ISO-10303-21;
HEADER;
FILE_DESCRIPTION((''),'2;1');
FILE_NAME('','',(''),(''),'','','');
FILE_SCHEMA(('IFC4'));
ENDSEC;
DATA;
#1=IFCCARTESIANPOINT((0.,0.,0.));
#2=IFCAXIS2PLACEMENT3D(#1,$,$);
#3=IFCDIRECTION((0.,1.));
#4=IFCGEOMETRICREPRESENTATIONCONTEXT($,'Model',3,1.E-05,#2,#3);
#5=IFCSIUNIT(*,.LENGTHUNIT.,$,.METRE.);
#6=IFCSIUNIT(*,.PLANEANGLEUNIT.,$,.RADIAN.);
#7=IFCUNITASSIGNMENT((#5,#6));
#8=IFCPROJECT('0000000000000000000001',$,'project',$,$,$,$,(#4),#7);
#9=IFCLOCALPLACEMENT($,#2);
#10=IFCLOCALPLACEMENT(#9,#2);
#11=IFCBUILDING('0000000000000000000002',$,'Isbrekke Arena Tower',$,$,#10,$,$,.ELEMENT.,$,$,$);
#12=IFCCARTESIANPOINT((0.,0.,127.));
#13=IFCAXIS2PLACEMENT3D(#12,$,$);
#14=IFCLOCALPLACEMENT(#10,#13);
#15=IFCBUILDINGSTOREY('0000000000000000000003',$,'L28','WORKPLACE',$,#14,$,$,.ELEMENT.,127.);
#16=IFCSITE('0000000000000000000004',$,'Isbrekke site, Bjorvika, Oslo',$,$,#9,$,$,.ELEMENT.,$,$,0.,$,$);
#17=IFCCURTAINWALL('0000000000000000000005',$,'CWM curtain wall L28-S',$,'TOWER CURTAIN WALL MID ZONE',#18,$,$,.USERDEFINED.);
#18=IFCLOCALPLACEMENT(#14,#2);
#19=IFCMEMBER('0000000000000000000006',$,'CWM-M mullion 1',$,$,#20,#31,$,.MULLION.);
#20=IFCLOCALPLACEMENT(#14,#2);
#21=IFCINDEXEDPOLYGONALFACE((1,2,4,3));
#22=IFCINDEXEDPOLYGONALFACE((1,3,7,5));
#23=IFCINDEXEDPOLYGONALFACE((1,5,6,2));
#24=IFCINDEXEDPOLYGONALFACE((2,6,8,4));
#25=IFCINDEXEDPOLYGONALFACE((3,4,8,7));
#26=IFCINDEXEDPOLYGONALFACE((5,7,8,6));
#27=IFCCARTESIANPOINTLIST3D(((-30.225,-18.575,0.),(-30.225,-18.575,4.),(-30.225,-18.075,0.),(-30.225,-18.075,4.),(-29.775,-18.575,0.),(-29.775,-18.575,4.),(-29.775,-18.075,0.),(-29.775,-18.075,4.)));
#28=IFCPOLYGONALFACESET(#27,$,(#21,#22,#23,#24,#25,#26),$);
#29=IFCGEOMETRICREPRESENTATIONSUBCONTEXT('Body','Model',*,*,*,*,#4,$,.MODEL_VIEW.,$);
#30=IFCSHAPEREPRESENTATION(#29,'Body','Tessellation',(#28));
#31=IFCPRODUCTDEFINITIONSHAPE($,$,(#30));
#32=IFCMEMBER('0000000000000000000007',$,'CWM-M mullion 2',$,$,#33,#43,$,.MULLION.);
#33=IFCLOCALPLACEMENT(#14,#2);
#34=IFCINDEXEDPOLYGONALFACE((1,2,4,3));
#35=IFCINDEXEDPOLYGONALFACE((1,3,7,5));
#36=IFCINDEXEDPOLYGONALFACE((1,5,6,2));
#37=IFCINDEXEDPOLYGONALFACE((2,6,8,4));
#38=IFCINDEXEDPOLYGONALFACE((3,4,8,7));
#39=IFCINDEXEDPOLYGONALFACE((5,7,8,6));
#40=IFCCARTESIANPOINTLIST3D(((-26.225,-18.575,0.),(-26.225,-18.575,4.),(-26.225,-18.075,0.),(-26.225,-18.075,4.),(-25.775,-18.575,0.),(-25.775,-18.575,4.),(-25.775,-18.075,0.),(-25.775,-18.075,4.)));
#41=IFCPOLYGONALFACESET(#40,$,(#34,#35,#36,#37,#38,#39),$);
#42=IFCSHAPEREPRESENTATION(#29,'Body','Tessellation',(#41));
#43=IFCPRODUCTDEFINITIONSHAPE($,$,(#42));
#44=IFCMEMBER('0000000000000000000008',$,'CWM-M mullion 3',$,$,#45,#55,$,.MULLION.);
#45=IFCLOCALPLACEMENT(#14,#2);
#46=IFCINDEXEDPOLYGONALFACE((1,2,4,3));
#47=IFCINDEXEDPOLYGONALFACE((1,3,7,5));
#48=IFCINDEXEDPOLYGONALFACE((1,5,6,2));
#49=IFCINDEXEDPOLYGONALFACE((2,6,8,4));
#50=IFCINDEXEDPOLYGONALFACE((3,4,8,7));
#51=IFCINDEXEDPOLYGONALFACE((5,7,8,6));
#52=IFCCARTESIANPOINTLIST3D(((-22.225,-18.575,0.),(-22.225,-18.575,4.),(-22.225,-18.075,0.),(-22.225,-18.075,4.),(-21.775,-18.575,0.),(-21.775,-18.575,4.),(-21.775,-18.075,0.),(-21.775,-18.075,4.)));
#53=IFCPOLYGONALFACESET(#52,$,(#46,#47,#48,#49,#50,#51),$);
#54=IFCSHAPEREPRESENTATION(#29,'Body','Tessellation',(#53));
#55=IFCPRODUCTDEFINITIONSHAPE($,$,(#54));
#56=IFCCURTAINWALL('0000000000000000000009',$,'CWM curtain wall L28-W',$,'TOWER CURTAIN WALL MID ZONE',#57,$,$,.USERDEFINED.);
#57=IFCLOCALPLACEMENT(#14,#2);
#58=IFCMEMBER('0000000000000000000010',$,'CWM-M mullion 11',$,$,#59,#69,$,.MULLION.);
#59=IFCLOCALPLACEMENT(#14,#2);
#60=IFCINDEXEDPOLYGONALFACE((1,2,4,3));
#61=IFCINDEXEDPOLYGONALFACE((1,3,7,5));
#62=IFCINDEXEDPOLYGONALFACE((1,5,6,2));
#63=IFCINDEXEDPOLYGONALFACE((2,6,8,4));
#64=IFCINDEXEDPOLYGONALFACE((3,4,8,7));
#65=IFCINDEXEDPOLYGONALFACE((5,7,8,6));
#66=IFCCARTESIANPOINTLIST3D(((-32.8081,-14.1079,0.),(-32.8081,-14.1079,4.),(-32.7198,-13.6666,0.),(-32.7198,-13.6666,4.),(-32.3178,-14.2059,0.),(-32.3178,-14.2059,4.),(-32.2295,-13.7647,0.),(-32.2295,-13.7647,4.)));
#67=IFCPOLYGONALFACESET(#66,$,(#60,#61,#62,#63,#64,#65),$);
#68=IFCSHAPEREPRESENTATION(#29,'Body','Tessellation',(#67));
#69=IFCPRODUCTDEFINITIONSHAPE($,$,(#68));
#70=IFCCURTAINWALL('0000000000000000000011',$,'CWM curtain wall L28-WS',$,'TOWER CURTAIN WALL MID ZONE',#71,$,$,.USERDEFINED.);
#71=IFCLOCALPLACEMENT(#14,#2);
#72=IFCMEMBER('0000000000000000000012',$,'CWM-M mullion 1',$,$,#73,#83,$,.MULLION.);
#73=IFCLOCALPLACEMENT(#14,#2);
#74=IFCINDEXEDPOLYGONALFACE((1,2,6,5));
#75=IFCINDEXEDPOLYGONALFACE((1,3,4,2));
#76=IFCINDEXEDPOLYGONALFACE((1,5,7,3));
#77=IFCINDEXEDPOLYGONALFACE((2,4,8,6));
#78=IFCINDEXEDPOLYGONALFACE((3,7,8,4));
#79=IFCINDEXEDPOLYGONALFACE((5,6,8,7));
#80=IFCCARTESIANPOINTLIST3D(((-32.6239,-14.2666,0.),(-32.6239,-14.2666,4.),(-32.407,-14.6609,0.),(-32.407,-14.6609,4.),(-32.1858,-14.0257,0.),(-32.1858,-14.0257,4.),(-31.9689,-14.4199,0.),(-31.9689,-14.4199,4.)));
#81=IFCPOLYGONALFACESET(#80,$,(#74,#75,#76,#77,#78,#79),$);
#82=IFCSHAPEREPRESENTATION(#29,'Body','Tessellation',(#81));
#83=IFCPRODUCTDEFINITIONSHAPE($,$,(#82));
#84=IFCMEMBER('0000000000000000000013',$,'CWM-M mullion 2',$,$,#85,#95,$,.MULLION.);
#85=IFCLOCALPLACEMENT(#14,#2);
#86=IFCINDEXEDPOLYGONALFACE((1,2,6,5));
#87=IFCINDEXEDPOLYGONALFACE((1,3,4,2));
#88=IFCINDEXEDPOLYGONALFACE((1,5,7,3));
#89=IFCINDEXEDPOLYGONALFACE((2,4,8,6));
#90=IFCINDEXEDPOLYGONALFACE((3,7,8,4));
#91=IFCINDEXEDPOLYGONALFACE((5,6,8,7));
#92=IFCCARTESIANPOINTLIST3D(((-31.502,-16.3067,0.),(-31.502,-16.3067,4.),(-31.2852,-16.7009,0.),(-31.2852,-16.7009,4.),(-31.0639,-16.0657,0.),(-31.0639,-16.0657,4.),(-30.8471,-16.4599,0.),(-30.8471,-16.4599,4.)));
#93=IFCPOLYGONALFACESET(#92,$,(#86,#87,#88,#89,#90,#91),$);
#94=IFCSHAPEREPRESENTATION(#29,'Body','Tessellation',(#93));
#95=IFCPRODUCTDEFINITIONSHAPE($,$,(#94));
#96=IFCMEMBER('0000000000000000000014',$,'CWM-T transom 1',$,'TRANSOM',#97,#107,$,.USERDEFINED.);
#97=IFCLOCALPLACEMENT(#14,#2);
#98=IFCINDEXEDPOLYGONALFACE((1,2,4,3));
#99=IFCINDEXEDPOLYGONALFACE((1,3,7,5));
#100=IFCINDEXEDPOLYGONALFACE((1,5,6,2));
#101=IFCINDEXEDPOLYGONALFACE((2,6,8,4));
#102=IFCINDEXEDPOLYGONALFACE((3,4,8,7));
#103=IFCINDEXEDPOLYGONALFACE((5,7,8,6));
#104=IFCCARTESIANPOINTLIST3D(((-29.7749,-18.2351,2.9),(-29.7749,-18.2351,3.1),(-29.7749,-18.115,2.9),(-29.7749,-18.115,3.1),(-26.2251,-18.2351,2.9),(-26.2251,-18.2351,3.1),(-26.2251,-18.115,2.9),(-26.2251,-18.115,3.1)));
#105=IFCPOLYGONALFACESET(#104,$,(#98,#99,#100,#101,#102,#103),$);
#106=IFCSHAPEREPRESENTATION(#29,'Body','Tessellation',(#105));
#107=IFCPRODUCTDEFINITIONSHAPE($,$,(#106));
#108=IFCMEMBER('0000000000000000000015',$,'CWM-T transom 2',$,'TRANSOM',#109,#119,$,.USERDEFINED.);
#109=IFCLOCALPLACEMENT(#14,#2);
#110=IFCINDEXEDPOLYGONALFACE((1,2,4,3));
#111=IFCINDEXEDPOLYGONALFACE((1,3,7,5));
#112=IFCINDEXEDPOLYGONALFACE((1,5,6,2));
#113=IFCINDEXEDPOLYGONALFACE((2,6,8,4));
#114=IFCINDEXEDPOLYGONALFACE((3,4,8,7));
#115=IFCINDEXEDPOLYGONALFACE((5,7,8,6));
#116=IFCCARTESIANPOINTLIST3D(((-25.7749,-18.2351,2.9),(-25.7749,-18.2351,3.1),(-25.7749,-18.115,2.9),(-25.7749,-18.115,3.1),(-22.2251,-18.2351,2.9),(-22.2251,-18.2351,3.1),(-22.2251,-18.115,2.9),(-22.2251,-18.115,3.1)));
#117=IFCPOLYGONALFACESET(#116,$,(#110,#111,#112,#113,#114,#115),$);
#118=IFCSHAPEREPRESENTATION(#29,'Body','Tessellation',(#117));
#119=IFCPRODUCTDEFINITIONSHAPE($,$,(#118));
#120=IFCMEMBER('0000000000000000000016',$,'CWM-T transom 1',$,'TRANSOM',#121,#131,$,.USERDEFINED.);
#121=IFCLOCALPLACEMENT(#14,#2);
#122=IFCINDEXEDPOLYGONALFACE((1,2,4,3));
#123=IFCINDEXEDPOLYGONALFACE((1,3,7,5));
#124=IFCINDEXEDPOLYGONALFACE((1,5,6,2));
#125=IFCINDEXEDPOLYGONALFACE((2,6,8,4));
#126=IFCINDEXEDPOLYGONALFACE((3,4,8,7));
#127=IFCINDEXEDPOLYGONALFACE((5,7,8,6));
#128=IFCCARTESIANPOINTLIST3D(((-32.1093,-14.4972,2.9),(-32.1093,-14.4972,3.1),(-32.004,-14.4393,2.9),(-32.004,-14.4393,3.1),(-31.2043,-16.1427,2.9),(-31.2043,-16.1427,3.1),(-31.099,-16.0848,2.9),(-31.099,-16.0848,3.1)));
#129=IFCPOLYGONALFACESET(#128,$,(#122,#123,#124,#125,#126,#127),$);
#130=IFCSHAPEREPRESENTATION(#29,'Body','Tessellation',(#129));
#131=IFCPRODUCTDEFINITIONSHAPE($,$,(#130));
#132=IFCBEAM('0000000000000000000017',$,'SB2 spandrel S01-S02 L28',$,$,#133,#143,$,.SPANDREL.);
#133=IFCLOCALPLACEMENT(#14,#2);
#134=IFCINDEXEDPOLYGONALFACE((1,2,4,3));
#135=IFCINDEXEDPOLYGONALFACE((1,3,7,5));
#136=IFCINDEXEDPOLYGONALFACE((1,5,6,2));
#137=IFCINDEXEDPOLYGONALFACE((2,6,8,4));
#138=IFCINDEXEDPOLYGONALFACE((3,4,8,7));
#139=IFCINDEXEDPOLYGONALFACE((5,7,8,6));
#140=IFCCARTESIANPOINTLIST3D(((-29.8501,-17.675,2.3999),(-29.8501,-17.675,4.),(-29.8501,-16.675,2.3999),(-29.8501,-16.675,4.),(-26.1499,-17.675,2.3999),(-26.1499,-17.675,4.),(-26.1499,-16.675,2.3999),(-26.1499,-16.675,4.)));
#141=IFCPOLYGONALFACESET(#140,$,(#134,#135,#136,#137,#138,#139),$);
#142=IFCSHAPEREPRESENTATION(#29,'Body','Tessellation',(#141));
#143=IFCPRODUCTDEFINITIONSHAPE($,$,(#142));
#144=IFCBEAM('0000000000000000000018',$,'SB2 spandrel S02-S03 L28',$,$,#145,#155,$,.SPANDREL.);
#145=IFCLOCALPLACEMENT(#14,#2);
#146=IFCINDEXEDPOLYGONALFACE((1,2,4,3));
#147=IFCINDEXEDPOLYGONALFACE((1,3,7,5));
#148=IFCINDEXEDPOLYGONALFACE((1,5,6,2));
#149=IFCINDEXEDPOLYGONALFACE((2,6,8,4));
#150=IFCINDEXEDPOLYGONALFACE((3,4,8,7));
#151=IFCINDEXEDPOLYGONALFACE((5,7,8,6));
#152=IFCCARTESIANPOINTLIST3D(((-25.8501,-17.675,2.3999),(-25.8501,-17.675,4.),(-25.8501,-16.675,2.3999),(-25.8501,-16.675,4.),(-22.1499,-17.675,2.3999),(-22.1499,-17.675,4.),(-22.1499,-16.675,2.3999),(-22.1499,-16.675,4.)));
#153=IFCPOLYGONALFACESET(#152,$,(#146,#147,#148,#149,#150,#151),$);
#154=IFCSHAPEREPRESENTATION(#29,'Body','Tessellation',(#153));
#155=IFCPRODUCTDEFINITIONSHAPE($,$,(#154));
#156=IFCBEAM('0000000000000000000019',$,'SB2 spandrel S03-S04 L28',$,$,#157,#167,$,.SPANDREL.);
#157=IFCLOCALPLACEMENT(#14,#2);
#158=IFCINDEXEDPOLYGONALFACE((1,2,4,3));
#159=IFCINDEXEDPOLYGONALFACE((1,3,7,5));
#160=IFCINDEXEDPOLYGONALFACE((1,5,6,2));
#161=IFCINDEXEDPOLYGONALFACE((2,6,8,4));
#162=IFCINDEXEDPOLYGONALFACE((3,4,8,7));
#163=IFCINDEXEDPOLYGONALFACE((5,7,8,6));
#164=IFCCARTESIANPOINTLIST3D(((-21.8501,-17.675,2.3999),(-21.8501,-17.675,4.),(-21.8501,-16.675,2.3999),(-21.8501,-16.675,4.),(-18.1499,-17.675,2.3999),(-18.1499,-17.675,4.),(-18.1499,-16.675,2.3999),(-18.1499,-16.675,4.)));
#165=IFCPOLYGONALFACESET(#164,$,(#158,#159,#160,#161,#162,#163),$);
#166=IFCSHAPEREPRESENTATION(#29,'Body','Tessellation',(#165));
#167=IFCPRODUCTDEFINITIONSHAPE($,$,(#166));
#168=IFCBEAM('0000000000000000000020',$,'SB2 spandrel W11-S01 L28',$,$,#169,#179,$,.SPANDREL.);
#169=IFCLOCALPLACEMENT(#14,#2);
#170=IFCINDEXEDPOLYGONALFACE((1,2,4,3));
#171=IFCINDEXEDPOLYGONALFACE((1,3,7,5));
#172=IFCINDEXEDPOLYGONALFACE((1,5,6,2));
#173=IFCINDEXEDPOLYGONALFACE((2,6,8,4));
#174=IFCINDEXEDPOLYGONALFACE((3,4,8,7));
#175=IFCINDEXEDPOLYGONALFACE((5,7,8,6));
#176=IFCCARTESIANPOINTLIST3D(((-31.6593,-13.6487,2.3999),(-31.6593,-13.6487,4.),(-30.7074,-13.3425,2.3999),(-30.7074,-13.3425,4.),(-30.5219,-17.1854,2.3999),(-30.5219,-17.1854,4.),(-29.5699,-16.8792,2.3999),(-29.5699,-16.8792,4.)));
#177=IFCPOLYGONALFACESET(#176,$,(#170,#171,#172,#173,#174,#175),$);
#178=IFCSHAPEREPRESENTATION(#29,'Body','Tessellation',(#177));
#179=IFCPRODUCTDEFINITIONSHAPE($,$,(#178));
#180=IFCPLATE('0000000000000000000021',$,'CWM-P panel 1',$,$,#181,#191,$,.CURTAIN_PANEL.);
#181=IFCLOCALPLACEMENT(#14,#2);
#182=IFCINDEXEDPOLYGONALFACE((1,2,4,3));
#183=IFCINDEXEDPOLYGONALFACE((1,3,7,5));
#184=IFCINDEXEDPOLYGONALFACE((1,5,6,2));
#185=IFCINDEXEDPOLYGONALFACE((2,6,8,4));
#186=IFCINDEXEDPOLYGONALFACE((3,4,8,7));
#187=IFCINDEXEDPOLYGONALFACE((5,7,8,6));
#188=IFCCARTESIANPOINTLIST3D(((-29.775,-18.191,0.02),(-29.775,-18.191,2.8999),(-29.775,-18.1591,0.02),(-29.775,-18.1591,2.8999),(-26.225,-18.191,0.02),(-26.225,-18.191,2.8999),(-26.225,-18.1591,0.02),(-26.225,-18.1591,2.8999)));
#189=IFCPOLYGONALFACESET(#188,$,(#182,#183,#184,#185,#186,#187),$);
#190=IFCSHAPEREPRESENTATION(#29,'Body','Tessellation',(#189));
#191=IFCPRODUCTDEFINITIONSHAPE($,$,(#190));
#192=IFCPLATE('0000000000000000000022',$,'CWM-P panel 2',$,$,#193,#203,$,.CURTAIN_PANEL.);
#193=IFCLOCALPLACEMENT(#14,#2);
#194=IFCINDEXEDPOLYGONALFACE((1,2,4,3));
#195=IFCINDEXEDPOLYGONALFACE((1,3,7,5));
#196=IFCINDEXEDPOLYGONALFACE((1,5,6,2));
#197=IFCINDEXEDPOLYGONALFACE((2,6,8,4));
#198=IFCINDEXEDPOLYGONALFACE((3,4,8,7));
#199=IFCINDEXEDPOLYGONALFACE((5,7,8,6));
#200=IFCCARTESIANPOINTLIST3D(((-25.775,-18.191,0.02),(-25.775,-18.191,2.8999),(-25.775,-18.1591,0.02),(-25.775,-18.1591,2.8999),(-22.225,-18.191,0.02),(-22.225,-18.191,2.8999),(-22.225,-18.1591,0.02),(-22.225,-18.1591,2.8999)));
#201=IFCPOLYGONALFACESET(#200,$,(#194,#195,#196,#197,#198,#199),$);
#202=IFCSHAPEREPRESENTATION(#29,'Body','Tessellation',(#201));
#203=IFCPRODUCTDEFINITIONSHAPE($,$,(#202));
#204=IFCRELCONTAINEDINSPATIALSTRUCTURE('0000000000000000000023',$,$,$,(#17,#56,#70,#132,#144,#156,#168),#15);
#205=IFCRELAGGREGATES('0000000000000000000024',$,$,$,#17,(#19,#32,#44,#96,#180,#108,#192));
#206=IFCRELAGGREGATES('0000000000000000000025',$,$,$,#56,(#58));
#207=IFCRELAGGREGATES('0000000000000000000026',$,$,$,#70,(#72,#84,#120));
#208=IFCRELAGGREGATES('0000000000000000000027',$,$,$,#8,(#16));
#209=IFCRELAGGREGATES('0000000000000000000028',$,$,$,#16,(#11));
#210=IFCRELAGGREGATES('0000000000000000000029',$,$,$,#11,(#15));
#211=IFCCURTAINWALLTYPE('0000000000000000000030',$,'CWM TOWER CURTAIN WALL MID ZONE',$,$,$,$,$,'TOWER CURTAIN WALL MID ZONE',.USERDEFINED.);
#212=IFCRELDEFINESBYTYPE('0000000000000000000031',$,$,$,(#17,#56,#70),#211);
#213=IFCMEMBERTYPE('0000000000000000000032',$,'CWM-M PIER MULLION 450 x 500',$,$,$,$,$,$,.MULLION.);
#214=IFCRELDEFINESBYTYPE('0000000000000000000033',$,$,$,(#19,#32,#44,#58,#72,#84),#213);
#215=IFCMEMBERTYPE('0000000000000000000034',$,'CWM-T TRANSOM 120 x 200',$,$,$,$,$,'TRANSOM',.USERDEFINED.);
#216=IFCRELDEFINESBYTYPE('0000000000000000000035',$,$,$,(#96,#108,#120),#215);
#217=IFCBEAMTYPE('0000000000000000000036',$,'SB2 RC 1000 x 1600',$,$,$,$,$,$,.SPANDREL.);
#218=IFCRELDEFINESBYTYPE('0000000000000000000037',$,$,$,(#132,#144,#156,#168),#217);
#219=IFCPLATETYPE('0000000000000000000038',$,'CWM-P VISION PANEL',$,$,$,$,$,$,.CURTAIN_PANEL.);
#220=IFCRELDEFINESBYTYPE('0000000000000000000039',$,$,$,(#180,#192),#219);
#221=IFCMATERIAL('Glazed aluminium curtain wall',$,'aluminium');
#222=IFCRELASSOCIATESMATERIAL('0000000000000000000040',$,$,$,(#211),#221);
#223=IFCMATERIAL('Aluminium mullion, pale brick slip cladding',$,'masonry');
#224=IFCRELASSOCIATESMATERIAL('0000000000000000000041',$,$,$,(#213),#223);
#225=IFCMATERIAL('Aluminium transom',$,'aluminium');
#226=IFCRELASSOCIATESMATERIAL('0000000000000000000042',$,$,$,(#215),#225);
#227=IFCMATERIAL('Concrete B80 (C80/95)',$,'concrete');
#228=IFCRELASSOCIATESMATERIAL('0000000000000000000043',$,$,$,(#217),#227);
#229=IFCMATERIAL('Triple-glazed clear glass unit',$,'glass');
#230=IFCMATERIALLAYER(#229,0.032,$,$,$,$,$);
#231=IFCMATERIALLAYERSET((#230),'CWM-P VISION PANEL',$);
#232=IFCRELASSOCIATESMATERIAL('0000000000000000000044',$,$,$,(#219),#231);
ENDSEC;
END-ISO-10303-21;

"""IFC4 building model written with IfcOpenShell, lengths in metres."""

from ifc_helpers import new_model, si_unit, direction, frame, origin, origin_2d, place, context, subcontext, project, spatial, rectangle, extrude, material, layer, layer_set, material_profile, profile_set, type_object, element, aggregate, save


model = new_model("IFC4")

# Units and contexts
model_context = context("Model", 3, precision=1e-05, world=origin(), true_north=direction((0.0, 1.0)))
body_context = subcontext(model_context, "Body", "Model", "MODEL_VIEW")
ifc_project = project(units=[si_unit("LENGTHUNIT", "METRE"), si_unit("PLANEANGLEUNIT", "RADIAN")], contexts=[model_context])

# Site, building, storey
site_placement = place(None, origin())
site = spatial("IfcSite", under=ifc_project, at=site_placement, Name="Isbrekke site, Bjorvika, Oslo", CompositionType="ELEMENT", RefElevation=0.0)
building_placement = place(site_placement, origin())
building = spatial("IfcBuilding", under=site, at=building_placement, Name="Isbrekke Arena Tower", CompositionType="ELEMENT")
storey_placement = place(building_placement, frame((0.0, 0.0, 127.0)))
storey = spatial("IfcBuildingStorey", under=building, at=storey_placement, Name="L28", Description="WORKPLACE", CompositionType="ELEMENT", Elevation=127.0)

# Curtain wall, members
ifc_material_1 = material(Name="Glazed aluminium curtain wall", Category="aluminium")
curtain_wall_type = type_object("IfcCurtainWallType", Name="CWM TOWER CURTAIN WALL MID ZONE", ElementType="TOWER CURTAIN WALL MID ZONE", PredefinedType="USERDEFINED", material=ifc_material_1)
curtain_wall_1_placement = place(storey_placement, origin())
curtain_wall_1 = element("IfcCurtainWall", 1, at=curtain_wall_1_placement, inside=storey, type_object=curtain_wall_type, Name="CWM curtain wall L28-S", ObjectType="TOWER CURTAIN WALL MID ZONE", PredefinedType="USERDEFINED")
ifc_material_2 = material(Name="Aluminium mullion, pale brick slip cladding", Category="masonry")
ifc_material_profile_1 = material_profile(ifc_material_2, rectangle(XDim=0.45, YDim=0.5, at=origin_2d()), Name="PIER 450X500")
ifc_profile_set_1 = profile_set([ifc_material_profile_1], Name="Aluminium mullion, pale brick slip cladding")
member_type_1 = type_object("IfcMemberType", Name="CWM-M PIER MULLION 450 x 500", PredefinedType="MULLION", material=ifc_profile_set_1)
member_1_placement = place(storey_placement, frame((-30.0, -18.325, 0.0), z_axis=(0.0, 0.0, 1.0), x_axis=(1.0, 0.0, 0.0)))
member_1 = element("IfcMember", 2, at=member_1_placement, type_object=member_type_1, Name="CWM-M mullion 1", PredefinedType="MULLION", context=body_context, shape_type="SweptSolid", body=[
    extrude(rectangle(XDim=0.45, YDim=0.5, at=origin_2d()), origin(), (0.0, 0.0, 1.0), 4.0),
])
member_2_placement = place(storey_placement, frame((-26.0, -18.325, 0.0), z_axis=(0.0, 0.0, 1.0), x_axis=(1.0, 0.0, 0.0)))
member_2 = element("IfcMember", 3, at=member_2_placement, type_object=member_type_1, Name="CWM-M mullion 2", PredefinedType="MULLION", context=body_context, shape_type="SweptSolid", body=[
    extrude(rectangle(XDim=0.45, YDim=0.5, at=origin_2d()), origin(), (0.0, 0.0, 1.0), 4.0),
])
member_3_placement = place(storey_placement, frame((-22.0, -18.325, 0.0), z_axis=(0.0, 0.0, 1.0), x_axis=(1.0, 0.0, 0.0)))
member_3 = element("IfcMember", 4, at=member_3_placement, type_object=member_type_1, Name="CWM-M mullion 3", PredefinedType="MULLION", context=body_context, shape_type="SweptSolid", body=[
    extrude(rectangle(XDim=0.45, YDim=0.5, at=origin_2d()), origin(), (0.0, 0.0, 1.0), 4.0),
])

# Curtain wall, member
curtain_wall_2_placement = place(storey_placement, origin())
curtain_wall_2 = element("IfcCurtainWall", 5, at=curtain_wall_2_placement, inside=storey, type_object=curtain_wall_type, Name="CWM curtain wall L28-W", ObjectType="TOWER CURTAIN WALL MID ZONE", PredefinedType="USERDEFINED")
member_4_placement = place(storey_placement, frame((-32.5188, -13.9363, 0.0), z_axis=(0.0, 0.0, 1.0), x_axis=(-0.196116, -0.980581, 0.0)))
member_4 = element("IfcMember", 6, at=member_4_placement, type_object=member_type_1, Name="CWM-M mullion 11", PredefinedType="MULLION", context=body_context, shape_type="SweptSolid", body=[
    extrude(rectangle(XDim=0.45, YDim=0.5, at=origin_2d()), origin(), (0.0, 0.0, 1.0), 4.0),
])

# Curtain wall, members
curtain_wall_3_placement = place(storey_placement, origin())
curtain_wall_3 = element("IfcCurtainWall", 7, at=curtain_wall_3_placement, inside=storey, type_object=curtain_wall_type, Name="CWM curtain wall L28-WS", ObjectType="TOWER CURTAIN WALL MID ZONE", PredefinedType="USERDEFINED")
member_5_placement = place(storey_placement, frame((-32.2964, -14.3433, 0.0), z_axis=(0.0, 0.0, 1.0), x_axis=(0.481919, -0.876216, 0.0)))
member_5 = element("IfcMember", 8, at=member_5_placement, type_object=member_type_1, Name="CWM-M mullion 1", PredefinedType="MULLION", context=body_context, shape_type="SweptSolid", body=[
    extrude(rectangle(XDim=0.45, YDim=0.5, at=origin_2d()), origin(), (0.0, 0.0, 1.0), 4.0),
])
member_6_placement = place(storey_placement, frame((-31.1746, -16.3833, 0.0), z_axis=(0.0, 0.0, 1.0), x_axis=(0.481919, -0.876216, 0.0)))
member_6 = element("IfcMember", 9, at=member_6_placement, type_object=member_type_1, Name="CWM-M mullion 2", PredefinedType="MULLION", context=body_context, shape_type="SweptSolid", body=[
    extrude(rectangle(XDim=0.45, YDim=0.5, at=origin_2d()), origin(), (0.0, 0.0, 1.0), 4.0),
])

# Members
ifc_material_3 = material(Name="Aluminium transom", Category="aluminium")
ifc_material_profile_2 = material_profile(ifc_material_3, rectangle(XDim=0.1201, YDim=0.2, at=origin_2d()), Name="TRANSOM 120X200")
ifc_profile_set_2 = profile_set([ifc_material_profile_2], Name="Aluminium transom")
member_type_2 = type_object("IfcMemberType", Name="CWM-T TRANSOM 120 x 200", ElementType="TRANSOM", PredefinedType="USERDEFINED", material=ifc_profile_set_2)
member_7_placement = place(storey_placement, frame((-29.7749, -18.175, 3.0), z_axis=(1.0, 0.0, 0.0), x_axis=(0.0, 1.0, 0.0)))
member_7 = element("IfcMember", 10, at=member_7_placement, type_object=member_type_2, Name="CWM-T transom 1", ObjectType="TRANSOM", PredefinedType="USERDEFINED", context=body_context, shape_type="SweptSolid", body=[
    extrude(rectangle(XDim=0.1201, YDim=0.2, at=origin_2d()), origin(), (0.0, 0.0, 1.0), 3.5498),
])
member_8_placement = place(storey_placement, frame((-25.7749, -18.175, 3.0), z_axis=(1.0, 0.0, 0.0), x_axis=(0.0, 1.0, 0.0)))
member_8 = element("IfcMember", 11, at=member_8_placement, type_object=member_type_2, Name="CWM-T transom 2", ObjectType="TRANSOM", PredefinedType="USERDEFINED", context=body_context, shape_type="SweptSolid", body=[
    extrude(rectangle(XDim=0.1201, YDim=0.2, at=origin_2d()), origin(), (0.0, 0.0, 1.0), 3.5498),
])
member_9_placement = place(storey_placement, frame((-32.0566, -14.4683, 3.0), z_axis=(0.481919, -0.876216, 0.0), x_axis=(0.876216, 0.481919, 0.0)))
member_9 = element("IfcMember", 12, at=member_9_placement, type_object=member_type_2, Name="CWM-T transom 1", ObjectType="TRANSOM", PredefinedType="USERDEFINED", context=body_context, shape_type="SweptSolid", body=[
    extrude(rectangle(XDim=0.1201, YDim=0.2, at=origin_2d()), origin(), (0.0, 0.0, 1.0), 1.8779),
])

# Beams
ifc_material_4 = material(Name="Concrete B80 (C80/95)", Category="concrete")
ifc_material_profile_3 = material_profile(ifc_material_4, rectangle(XDim=1.0, YDim=1.6001, at=origin_2d()), Name="RC 1000x1600")
ifc_profile_set_3 = profile_set([ifc_material_profile_3], Name="Concrete B80 (C80/95)")
beam_type_1 = type_object("IfcBeamType", Name="SB2 RC 1000 x 1600", PredefinedType="SPANDREL", material=ifc_profile_set_3)
for number, where, z_axis, x_axis, name in (
    (13, (-29.8501, -17.175, 3.2), (1.0, 0.0, 0.0), (0.0, 1.0, 0.0), "SB2 spandrel S01-S02 L28"),
    (14, (-25.8501, -17.175, 3.2), (1.0, 0.0, 0.0), (0.0, 1.0, 0.0), "SB2 spandrel S02-S03 L28"),
    (15, (-21.8501, -17.175, 3.2), (1.0, 0.0, 0.0), (0.0, 1.0, 0.0), "SB2 spandrel S03-S04 L28"),
):
    element("IfcBeam", number, at=place(storey_placement, frame(where, z_axis=z_axis, x_axis=x_axis)), inside=storey, type_object=beam_type_1, Name=name, PredefinedType="SPANDREL", context=body_context, shape_type="SweptSolid", body=[
        extrude(rectangle(XDim=1.0, YDim=1.6001, at=origin_2d()), origin(), (0.0, 0.0, 1.0), 3.7002),
    ])
beam_1_placement = place(storey_placement, frame((-31.1833, -13.4956, 3.2), z_axis=(0.306175, -0.951975, 0.0), x_axis=(0.951975, 0.306175, 0.0)))
element("IfcBeam", 16, at=beam_1_placement, inside=storey, type_object=beam_type_1, Name="SB2 spandrel W11-S01 L28", PredefinedType="SPANDREL", context=body_context, shape_type="SweptSolid", body=[
    extrude(rectangle(XDim=1.0, YDim=1.6001, at=origin_2d()), origin(), (0.0, 0.0, 1.0), 3.7151),
])

# Plates
ifc_material_5 = material(Name="Triple-glazed clear glass unit", Category="glass")
ifc_layer = layer(ifc_material_5, 0.032)
ifc_layer_set = layer_set([ifc_layer], Name="CWM-P VISION PANEL")
plate_type = type_object("IfcPlateType", Name="CWM-P VISION PANEL", PredefinedType="CURTAIN_PANEL", material=ifc_layer_set)
plate_1_placement = place(storey_placement, frame((-28.0, -18.175, 0.02), z_axis=(0.0, 0.0, 1.0), x_axis=(1.0, 0.0, 0.0)))
plate_1 = element("IfcPlate", 17, at=plate_1_placement, type_object=plate_type, Name="CWM-P panel 1", PredefinedType="CURTAIN_PANEL", context=body_context, shape_type="SweptSolid", body=[
    extrude(rectangle(XDim=3.55, YDim=0.032, at=origin_2d()), origin(), (0.0, 0.0, 1.0), 2.8799),
])
plate_2_placement = place(storey_placement, frame((-24.0, -18.175, 0.02), z_axis=(0.0, 0.0, 1.0), x_axis=(1.0, 0.0, 0.0)))
plate_2 = element("IfcPlate", 18, at=plate_2_placement, type_object=plate_type, Name="CWM-P panel 2", PredefinedType="CURTAIN_PANEL", context=body_context, shape_type="SweptSolid", body=[
    extrude(rectangle(XDim=3.55, YDim=0.032, at=origin_2d()), origin(), (0.0, 0.0, 1.0), 2.8799),
])
aggregate(curtain_wall_1, [member_1, member_2, member_3, member_7, plate_1, member_8, plate_2])
aggregate(curtain_wall_2, [member_4])
aggregate(curtain_wall_3, [member_5, member_6, member_9])

save(model, "model.ifc")
